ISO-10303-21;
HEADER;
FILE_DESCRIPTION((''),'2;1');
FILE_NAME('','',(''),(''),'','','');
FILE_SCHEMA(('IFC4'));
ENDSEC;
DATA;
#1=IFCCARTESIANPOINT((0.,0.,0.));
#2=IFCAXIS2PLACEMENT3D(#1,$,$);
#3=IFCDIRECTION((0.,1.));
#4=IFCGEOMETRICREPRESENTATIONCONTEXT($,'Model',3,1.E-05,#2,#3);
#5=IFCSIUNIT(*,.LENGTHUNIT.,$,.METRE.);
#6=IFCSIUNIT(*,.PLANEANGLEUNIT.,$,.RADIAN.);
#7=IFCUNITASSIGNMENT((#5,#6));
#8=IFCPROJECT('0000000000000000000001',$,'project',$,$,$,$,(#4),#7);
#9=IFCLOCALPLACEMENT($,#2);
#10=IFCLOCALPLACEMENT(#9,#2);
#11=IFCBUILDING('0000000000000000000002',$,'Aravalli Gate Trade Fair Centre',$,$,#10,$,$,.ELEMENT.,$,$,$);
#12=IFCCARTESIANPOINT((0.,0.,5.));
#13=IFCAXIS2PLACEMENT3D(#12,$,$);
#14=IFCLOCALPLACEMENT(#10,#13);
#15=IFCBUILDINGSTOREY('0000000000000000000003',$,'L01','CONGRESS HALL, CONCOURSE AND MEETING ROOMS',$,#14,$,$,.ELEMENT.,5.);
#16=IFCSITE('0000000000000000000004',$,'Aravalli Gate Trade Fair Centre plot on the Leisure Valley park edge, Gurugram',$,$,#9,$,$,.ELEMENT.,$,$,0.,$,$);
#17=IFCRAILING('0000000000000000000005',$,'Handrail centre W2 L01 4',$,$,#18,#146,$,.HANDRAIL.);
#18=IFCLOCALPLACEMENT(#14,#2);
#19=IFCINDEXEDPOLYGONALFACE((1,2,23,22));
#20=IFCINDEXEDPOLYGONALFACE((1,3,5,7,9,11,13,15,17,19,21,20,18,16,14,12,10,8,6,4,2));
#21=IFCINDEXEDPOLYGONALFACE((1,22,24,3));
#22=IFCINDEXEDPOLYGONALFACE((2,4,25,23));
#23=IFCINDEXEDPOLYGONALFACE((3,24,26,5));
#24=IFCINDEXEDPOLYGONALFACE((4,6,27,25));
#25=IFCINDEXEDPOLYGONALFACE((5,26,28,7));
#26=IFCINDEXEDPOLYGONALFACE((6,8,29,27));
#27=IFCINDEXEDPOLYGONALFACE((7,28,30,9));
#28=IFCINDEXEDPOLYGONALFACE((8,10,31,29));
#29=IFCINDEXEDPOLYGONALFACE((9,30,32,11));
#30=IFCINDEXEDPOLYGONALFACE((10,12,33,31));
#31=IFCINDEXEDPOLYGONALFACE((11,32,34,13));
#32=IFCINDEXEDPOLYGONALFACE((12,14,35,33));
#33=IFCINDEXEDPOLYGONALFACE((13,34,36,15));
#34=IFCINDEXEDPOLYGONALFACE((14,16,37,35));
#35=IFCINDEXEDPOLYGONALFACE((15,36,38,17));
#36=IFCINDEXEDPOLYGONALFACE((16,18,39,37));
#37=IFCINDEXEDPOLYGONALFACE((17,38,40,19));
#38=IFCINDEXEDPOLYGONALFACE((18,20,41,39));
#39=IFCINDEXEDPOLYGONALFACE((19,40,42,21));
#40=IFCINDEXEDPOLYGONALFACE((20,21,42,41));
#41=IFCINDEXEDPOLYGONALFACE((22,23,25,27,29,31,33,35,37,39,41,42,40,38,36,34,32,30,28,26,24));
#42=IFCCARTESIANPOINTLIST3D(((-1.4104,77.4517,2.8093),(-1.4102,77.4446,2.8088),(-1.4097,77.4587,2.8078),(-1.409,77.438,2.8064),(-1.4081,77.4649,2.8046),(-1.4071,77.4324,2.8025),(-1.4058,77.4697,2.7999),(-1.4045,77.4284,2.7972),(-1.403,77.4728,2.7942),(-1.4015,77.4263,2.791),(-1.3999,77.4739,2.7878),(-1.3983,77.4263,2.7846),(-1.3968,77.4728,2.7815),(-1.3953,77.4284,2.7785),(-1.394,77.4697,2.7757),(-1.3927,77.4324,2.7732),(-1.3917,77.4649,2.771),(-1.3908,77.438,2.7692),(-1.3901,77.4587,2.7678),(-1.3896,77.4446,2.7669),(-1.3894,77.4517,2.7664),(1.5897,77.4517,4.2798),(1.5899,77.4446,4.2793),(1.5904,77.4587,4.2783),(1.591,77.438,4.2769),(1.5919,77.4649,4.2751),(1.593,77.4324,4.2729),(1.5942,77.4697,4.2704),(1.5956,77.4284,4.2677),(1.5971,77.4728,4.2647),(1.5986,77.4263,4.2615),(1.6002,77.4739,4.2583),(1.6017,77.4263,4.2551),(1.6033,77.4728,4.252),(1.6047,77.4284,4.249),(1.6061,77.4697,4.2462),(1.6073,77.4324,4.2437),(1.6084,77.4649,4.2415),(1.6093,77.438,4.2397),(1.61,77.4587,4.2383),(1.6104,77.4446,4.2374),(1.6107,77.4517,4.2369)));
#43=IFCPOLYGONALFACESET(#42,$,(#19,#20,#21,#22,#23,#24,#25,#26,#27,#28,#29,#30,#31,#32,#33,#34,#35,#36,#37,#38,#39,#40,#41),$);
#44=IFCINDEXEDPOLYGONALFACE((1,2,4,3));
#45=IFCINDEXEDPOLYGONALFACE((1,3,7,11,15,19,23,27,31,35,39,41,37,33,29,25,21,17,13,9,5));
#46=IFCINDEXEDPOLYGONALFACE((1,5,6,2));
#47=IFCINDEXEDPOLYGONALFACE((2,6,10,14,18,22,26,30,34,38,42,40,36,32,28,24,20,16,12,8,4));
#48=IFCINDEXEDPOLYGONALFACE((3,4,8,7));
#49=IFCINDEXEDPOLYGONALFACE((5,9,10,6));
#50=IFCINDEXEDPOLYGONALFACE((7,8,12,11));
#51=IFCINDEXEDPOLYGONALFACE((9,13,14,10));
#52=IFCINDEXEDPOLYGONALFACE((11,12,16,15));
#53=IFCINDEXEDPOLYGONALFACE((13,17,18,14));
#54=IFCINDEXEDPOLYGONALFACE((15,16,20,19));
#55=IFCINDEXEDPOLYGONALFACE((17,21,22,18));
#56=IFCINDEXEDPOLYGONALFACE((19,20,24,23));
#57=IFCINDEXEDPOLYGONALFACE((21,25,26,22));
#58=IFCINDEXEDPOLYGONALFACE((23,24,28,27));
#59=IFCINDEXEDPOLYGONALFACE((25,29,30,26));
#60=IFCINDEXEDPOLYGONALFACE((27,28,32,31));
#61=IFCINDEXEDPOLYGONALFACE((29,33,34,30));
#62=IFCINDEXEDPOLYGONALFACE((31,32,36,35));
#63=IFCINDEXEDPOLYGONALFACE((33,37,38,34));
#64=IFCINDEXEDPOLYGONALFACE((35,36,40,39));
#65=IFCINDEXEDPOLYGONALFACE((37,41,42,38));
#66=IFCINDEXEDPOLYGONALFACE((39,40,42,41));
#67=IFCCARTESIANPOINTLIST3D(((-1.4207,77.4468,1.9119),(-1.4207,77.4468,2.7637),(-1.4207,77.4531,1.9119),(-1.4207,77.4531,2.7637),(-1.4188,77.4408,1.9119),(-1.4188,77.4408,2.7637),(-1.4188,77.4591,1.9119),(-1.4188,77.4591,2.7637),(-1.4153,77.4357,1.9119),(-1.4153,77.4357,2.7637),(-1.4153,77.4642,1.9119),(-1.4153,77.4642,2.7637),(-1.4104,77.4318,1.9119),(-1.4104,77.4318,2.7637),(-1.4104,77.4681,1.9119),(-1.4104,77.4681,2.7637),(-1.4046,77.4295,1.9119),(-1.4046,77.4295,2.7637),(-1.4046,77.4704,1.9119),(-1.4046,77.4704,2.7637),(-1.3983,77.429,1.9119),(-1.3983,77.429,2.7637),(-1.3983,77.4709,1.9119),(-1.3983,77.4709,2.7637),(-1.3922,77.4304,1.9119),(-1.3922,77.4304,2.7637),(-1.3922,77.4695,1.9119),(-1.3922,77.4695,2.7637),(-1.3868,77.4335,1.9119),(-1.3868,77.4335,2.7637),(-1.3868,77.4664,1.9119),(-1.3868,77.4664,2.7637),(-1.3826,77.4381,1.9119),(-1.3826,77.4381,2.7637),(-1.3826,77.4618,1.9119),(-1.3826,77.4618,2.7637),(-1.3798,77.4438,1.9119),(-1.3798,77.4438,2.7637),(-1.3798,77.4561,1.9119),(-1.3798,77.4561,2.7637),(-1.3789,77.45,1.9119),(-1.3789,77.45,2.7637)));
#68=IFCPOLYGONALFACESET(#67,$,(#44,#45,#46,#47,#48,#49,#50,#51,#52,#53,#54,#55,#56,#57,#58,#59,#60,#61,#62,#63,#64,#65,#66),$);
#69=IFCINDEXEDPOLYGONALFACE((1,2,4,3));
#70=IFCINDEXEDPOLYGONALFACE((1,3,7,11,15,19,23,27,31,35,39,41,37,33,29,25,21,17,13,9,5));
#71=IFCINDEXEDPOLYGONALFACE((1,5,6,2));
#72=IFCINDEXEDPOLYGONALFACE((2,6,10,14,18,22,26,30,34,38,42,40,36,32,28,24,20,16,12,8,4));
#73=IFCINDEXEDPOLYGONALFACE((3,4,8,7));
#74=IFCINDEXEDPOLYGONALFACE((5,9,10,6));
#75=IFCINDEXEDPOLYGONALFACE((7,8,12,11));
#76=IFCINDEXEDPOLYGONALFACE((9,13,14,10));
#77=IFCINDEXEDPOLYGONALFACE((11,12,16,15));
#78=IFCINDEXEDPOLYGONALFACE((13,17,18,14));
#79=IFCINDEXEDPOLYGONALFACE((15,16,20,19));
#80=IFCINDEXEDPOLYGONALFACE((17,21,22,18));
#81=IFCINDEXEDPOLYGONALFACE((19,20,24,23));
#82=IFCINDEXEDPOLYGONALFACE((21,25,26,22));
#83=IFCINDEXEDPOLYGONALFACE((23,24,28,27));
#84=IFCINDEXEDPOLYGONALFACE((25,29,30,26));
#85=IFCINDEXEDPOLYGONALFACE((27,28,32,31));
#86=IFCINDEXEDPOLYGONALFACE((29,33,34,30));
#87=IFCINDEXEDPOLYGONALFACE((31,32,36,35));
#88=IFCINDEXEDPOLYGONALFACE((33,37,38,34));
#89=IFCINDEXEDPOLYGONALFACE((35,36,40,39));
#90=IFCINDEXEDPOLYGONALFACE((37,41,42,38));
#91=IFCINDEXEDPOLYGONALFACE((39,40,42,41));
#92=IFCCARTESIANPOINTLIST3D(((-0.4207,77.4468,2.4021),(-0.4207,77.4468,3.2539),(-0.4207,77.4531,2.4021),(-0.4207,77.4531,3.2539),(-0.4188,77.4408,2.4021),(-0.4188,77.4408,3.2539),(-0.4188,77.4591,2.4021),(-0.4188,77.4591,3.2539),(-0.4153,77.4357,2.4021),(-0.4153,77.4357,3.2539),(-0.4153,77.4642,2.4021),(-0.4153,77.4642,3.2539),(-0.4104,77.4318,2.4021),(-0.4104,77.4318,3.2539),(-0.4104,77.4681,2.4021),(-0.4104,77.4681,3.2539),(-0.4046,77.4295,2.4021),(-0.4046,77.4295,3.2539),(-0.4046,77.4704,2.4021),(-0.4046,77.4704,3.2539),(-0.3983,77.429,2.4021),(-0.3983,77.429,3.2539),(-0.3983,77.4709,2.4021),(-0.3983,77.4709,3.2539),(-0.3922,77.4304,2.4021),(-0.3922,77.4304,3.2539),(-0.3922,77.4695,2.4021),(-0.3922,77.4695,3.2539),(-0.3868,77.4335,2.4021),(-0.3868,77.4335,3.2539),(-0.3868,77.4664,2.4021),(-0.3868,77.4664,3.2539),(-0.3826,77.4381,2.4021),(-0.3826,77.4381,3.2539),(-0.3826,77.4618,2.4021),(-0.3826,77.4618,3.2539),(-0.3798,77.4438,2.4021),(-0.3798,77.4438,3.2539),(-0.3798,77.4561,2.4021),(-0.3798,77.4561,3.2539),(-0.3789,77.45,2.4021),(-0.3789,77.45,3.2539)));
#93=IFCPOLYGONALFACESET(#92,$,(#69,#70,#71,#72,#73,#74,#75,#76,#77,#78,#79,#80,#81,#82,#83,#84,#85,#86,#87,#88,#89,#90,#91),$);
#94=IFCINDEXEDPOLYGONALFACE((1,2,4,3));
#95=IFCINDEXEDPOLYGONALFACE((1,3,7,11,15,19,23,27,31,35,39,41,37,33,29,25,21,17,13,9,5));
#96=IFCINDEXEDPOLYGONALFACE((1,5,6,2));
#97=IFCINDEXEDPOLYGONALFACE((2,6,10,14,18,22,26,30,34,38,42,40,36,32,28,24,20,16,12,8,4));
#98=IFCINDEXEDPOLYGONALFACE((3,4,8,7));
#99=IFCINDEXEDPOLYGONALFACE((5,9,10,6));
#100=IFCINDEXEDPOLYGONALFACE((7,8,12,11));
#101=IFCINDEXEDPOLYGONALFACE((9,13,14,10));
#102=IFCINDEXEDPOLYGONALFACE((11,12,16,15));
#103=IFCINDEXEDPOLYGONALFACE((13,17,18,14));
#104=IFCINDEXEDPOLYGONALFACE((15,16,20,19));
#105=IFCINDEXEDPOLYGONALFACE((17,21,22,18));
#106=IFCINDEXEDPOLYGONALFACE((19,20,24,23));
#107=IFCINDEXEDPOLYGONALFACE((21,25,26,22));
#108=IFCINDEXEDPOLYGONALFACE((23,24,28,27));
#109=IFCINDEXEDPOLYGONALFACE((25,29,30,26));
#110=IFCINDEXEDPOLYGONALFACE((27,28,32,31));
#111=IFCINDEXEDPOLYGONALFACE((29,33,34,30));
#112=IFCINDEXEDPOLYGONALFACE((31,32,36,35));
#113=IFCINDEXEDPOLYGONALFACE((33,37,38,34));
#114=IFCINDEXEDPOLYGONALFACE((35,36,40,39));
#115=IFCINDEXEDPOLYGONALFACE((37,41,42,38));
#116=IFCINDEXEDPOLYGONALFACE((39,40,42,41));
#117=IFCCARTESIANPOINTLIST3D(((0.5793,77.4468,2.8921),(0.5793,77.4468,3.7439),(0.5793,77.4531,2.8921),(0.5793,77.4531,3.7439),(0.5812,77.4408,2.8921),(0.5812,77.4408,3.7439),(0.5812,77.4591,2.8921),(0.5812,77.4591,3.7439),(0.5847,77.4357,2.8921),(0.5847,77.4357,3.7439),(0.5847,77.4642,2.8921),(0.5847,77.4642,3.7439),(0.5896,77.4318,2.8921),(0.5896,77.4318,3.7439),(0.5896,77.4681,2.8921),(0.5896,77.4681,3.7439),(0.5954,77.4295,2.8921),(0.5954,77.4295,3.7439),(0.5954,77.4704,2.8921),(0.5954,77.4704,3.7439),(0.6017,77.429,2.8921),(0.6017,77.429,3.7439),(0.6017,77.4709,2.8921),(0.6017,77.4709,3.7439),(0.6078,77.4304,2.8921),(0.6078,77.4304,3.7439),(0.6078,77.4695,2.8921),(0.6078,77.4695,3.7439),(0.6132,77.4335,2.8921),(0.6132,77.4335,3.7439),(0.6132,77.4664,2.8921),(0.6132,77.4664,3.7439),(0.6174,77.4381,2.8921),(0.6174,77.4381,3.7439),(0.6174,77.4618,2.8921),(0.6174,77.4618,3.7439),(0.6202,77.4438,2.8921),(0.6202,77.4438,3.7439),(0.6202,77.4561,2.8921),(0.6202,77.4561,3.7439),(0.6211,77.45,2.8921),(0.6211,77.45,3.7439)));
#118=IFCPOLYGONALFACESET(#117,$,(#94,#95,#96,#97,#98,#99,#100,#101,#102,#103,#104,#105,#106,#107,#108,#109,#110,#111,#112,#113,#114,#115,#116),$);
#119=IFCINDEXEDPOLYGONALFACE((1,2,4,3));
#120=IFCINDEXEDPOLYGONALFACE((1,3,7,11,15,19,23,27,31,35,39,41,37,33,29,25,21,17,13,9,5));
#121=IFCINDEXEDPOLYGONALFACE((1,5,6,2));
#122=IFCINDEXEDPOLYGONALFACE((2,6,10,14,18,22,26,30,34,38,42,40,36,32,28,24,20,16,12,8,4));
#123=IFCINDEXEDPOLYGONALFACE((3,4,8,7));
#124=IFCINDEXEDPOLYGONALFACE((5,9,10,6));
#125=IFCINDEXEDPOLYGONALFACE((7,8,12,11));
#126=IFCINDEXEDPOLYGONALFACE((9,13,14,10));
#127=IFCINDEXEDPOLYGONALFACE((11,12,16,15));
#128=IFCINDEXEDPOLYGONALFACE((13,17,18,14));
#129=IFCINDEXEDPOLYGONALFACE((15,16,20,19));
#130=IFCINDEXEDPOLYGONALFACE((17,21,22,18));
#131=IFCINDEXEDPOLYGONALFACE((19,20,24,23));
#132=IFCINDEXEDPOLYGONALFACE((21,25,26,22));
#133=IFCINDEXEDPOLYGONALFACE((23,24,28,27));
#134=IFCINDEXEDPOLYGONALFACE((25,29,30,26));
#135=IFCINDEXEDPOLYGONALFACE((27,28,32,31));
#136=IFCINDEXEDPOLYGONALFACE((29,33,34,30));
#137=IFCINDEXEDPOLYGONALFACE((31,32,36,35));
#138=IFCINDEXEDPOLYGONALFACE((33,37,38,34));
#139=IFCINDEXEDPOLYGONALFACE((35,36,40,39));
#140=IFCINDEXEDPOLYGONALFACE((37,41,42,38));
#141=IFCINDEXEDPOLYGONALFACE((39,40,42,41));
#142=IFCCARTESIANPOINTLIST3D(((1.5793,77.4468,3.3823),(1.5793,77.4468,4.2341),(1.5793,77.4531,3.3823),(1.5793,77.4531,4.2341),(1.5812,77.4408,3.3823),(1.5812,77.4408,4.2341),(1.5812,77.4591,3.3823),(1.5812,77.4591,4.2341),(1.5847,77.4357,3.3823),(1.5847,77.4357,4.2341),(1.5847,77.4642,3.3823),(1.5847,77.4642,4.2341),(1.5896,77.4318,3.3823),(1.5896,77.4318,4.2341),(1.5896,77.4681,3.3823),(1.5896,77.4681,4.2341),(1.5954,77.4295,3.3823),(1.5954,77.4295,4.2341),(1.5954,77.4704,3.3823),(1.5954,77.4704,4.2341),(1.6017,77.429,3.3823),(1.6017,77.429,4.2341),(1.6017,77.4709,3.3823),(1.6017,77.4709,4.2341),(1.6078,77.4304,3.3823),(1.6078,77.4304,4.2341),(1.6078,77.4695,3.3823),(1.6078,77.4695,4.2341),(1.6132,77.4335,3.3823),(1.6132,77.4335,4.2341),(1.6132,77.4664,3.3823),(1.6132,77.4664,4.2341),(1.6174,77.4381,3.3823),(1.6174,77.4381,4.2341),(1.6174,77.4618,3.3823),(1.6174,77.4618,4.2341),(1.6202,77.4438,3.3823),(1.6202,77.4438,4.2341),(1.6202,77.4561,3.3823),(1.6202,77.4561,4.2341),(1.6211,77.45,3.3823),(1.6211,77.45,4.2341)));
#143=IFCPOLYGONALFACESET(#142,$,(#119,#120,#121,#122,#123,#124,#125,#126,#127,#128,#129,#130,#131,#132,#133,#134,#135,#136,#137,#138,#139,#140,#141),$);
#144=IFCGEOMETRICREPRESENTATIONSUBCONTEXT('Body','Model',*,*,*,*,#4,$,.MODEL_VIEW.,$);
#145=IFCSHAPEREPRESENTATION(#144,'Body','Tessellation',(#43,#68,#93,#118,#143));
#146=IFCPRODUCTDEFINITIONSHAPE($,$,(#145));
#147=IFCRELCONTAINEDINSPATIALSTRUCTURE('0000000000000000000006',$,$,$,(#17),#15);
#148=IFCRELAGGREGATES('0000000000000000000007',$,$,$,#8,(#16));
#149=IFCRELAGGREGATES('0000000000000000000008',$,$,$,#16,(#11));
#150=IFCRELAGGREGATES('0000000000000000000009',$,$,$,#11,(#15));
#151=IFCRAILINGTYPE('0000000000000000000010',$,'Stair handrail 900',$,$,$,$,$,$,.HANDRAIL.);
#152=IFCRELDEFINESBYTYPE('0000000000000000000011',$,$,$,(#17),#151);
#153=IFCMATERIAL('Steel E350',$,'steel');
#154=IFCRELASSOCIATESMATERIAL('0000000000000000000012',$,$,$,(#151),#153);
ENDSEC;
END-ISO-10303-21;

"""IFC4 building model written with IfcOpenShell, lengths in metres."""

from ifc_helpers import new_model, si_unit, direction, frame, origin, origin_2d, place, context, subcontext, project, spatial, circle, extrude, material, type_object, element, save


model = new_model("IFC4")

# Units and contexts
model_context = context("Model", 3, precision=1e-05, world=origin(), true_north=direction((0.0, 1.0)))
body_context = subcontext(model_context, "Body", "Model", "MODEL_VIEW")
ifc_project = project(units=[si_unit("LENGTHUNIT", "METRE"), si_unit("PLANEANGLEUNIT", "RADIAN")], contexts=[model_context])

# Site, building, storey
site_placement = place(None, origin())
site = spatial("IfcSite", under=ifc_project, at=site_placement, Name="Aravalli Gate Trade Fair Centre plot on the Leisure Valley park edge, Gurugram", CompositionType="ELEMENT", RefElevation=0.0)
building_placement = place(site_placement, origin())
building = spatial("IfcBuilding", under=site, at=building_placement, Name="Aravalli Gate Trade Fair Centre", CompositionType="ELEMENT")
storey_placement = place(building_placement, frame((0.0, 0.0, 5.0)))
storey = spatial("IfcBuildingStorey", under=building, at=storey_placement, Name="L01", Description="CONGRESS HALL, CONCOURSE AND MEETING ROOMS", CompositionType="ELEMENT", Elevation=5.0)

# Railing
ifc_material_1 = material(Name="Steel E350", Category="steel")
railing_type = type_object("IfcRailingType", Name="Stair handrail 900", PredefinedType="HANDRAIL", material=ifc_material_1)
for number, where, name in (
    (1, (-1.3999, 77.45, 1.9119), "Handrail centre W2 L01 4"),
):
    element("IfcRailing", number, at=place(storey_placement, frame(where)), inside=storey, type_object=railing_type, Name=name, PredefinedType="HANDRAIL", context=body_context, shape_type="SweptSolid", body=[
        extrude(circle(Radius=0.0239, at=origin_2d()), frame((0.0, 0.0, 0.876), z_axis=(0.897936, 0.0, 0.440126), x_axis=(0.0, 1.0, 0.0)), (0.0, 0.0, 1.0), 3.3411),
        extrude(circle(Radius=0.021, at=origin_2d()), origin(), (0.0, 0.0, 1.0), 0.8518),
        extrude(circle(Radius=0.021, at=origin_2d()), frame((1.0, 0.0, 0.4902)), (0.0, 0.0, 1.0), 0.8518),
        extrude(circle(Radius=0.021, at=origin_2d()), frame((2.0, 0.0, 0.9802)), (0.0, 0.0, 1.0), 0.8518),
        extrude(circle(Radius=0.021, at=origin_2d()), frame((3.0, 0.0, 1.4705)), (0.0, 0.0, 1.0), 0.8518),
    ])

save(model, "model.ifc")
